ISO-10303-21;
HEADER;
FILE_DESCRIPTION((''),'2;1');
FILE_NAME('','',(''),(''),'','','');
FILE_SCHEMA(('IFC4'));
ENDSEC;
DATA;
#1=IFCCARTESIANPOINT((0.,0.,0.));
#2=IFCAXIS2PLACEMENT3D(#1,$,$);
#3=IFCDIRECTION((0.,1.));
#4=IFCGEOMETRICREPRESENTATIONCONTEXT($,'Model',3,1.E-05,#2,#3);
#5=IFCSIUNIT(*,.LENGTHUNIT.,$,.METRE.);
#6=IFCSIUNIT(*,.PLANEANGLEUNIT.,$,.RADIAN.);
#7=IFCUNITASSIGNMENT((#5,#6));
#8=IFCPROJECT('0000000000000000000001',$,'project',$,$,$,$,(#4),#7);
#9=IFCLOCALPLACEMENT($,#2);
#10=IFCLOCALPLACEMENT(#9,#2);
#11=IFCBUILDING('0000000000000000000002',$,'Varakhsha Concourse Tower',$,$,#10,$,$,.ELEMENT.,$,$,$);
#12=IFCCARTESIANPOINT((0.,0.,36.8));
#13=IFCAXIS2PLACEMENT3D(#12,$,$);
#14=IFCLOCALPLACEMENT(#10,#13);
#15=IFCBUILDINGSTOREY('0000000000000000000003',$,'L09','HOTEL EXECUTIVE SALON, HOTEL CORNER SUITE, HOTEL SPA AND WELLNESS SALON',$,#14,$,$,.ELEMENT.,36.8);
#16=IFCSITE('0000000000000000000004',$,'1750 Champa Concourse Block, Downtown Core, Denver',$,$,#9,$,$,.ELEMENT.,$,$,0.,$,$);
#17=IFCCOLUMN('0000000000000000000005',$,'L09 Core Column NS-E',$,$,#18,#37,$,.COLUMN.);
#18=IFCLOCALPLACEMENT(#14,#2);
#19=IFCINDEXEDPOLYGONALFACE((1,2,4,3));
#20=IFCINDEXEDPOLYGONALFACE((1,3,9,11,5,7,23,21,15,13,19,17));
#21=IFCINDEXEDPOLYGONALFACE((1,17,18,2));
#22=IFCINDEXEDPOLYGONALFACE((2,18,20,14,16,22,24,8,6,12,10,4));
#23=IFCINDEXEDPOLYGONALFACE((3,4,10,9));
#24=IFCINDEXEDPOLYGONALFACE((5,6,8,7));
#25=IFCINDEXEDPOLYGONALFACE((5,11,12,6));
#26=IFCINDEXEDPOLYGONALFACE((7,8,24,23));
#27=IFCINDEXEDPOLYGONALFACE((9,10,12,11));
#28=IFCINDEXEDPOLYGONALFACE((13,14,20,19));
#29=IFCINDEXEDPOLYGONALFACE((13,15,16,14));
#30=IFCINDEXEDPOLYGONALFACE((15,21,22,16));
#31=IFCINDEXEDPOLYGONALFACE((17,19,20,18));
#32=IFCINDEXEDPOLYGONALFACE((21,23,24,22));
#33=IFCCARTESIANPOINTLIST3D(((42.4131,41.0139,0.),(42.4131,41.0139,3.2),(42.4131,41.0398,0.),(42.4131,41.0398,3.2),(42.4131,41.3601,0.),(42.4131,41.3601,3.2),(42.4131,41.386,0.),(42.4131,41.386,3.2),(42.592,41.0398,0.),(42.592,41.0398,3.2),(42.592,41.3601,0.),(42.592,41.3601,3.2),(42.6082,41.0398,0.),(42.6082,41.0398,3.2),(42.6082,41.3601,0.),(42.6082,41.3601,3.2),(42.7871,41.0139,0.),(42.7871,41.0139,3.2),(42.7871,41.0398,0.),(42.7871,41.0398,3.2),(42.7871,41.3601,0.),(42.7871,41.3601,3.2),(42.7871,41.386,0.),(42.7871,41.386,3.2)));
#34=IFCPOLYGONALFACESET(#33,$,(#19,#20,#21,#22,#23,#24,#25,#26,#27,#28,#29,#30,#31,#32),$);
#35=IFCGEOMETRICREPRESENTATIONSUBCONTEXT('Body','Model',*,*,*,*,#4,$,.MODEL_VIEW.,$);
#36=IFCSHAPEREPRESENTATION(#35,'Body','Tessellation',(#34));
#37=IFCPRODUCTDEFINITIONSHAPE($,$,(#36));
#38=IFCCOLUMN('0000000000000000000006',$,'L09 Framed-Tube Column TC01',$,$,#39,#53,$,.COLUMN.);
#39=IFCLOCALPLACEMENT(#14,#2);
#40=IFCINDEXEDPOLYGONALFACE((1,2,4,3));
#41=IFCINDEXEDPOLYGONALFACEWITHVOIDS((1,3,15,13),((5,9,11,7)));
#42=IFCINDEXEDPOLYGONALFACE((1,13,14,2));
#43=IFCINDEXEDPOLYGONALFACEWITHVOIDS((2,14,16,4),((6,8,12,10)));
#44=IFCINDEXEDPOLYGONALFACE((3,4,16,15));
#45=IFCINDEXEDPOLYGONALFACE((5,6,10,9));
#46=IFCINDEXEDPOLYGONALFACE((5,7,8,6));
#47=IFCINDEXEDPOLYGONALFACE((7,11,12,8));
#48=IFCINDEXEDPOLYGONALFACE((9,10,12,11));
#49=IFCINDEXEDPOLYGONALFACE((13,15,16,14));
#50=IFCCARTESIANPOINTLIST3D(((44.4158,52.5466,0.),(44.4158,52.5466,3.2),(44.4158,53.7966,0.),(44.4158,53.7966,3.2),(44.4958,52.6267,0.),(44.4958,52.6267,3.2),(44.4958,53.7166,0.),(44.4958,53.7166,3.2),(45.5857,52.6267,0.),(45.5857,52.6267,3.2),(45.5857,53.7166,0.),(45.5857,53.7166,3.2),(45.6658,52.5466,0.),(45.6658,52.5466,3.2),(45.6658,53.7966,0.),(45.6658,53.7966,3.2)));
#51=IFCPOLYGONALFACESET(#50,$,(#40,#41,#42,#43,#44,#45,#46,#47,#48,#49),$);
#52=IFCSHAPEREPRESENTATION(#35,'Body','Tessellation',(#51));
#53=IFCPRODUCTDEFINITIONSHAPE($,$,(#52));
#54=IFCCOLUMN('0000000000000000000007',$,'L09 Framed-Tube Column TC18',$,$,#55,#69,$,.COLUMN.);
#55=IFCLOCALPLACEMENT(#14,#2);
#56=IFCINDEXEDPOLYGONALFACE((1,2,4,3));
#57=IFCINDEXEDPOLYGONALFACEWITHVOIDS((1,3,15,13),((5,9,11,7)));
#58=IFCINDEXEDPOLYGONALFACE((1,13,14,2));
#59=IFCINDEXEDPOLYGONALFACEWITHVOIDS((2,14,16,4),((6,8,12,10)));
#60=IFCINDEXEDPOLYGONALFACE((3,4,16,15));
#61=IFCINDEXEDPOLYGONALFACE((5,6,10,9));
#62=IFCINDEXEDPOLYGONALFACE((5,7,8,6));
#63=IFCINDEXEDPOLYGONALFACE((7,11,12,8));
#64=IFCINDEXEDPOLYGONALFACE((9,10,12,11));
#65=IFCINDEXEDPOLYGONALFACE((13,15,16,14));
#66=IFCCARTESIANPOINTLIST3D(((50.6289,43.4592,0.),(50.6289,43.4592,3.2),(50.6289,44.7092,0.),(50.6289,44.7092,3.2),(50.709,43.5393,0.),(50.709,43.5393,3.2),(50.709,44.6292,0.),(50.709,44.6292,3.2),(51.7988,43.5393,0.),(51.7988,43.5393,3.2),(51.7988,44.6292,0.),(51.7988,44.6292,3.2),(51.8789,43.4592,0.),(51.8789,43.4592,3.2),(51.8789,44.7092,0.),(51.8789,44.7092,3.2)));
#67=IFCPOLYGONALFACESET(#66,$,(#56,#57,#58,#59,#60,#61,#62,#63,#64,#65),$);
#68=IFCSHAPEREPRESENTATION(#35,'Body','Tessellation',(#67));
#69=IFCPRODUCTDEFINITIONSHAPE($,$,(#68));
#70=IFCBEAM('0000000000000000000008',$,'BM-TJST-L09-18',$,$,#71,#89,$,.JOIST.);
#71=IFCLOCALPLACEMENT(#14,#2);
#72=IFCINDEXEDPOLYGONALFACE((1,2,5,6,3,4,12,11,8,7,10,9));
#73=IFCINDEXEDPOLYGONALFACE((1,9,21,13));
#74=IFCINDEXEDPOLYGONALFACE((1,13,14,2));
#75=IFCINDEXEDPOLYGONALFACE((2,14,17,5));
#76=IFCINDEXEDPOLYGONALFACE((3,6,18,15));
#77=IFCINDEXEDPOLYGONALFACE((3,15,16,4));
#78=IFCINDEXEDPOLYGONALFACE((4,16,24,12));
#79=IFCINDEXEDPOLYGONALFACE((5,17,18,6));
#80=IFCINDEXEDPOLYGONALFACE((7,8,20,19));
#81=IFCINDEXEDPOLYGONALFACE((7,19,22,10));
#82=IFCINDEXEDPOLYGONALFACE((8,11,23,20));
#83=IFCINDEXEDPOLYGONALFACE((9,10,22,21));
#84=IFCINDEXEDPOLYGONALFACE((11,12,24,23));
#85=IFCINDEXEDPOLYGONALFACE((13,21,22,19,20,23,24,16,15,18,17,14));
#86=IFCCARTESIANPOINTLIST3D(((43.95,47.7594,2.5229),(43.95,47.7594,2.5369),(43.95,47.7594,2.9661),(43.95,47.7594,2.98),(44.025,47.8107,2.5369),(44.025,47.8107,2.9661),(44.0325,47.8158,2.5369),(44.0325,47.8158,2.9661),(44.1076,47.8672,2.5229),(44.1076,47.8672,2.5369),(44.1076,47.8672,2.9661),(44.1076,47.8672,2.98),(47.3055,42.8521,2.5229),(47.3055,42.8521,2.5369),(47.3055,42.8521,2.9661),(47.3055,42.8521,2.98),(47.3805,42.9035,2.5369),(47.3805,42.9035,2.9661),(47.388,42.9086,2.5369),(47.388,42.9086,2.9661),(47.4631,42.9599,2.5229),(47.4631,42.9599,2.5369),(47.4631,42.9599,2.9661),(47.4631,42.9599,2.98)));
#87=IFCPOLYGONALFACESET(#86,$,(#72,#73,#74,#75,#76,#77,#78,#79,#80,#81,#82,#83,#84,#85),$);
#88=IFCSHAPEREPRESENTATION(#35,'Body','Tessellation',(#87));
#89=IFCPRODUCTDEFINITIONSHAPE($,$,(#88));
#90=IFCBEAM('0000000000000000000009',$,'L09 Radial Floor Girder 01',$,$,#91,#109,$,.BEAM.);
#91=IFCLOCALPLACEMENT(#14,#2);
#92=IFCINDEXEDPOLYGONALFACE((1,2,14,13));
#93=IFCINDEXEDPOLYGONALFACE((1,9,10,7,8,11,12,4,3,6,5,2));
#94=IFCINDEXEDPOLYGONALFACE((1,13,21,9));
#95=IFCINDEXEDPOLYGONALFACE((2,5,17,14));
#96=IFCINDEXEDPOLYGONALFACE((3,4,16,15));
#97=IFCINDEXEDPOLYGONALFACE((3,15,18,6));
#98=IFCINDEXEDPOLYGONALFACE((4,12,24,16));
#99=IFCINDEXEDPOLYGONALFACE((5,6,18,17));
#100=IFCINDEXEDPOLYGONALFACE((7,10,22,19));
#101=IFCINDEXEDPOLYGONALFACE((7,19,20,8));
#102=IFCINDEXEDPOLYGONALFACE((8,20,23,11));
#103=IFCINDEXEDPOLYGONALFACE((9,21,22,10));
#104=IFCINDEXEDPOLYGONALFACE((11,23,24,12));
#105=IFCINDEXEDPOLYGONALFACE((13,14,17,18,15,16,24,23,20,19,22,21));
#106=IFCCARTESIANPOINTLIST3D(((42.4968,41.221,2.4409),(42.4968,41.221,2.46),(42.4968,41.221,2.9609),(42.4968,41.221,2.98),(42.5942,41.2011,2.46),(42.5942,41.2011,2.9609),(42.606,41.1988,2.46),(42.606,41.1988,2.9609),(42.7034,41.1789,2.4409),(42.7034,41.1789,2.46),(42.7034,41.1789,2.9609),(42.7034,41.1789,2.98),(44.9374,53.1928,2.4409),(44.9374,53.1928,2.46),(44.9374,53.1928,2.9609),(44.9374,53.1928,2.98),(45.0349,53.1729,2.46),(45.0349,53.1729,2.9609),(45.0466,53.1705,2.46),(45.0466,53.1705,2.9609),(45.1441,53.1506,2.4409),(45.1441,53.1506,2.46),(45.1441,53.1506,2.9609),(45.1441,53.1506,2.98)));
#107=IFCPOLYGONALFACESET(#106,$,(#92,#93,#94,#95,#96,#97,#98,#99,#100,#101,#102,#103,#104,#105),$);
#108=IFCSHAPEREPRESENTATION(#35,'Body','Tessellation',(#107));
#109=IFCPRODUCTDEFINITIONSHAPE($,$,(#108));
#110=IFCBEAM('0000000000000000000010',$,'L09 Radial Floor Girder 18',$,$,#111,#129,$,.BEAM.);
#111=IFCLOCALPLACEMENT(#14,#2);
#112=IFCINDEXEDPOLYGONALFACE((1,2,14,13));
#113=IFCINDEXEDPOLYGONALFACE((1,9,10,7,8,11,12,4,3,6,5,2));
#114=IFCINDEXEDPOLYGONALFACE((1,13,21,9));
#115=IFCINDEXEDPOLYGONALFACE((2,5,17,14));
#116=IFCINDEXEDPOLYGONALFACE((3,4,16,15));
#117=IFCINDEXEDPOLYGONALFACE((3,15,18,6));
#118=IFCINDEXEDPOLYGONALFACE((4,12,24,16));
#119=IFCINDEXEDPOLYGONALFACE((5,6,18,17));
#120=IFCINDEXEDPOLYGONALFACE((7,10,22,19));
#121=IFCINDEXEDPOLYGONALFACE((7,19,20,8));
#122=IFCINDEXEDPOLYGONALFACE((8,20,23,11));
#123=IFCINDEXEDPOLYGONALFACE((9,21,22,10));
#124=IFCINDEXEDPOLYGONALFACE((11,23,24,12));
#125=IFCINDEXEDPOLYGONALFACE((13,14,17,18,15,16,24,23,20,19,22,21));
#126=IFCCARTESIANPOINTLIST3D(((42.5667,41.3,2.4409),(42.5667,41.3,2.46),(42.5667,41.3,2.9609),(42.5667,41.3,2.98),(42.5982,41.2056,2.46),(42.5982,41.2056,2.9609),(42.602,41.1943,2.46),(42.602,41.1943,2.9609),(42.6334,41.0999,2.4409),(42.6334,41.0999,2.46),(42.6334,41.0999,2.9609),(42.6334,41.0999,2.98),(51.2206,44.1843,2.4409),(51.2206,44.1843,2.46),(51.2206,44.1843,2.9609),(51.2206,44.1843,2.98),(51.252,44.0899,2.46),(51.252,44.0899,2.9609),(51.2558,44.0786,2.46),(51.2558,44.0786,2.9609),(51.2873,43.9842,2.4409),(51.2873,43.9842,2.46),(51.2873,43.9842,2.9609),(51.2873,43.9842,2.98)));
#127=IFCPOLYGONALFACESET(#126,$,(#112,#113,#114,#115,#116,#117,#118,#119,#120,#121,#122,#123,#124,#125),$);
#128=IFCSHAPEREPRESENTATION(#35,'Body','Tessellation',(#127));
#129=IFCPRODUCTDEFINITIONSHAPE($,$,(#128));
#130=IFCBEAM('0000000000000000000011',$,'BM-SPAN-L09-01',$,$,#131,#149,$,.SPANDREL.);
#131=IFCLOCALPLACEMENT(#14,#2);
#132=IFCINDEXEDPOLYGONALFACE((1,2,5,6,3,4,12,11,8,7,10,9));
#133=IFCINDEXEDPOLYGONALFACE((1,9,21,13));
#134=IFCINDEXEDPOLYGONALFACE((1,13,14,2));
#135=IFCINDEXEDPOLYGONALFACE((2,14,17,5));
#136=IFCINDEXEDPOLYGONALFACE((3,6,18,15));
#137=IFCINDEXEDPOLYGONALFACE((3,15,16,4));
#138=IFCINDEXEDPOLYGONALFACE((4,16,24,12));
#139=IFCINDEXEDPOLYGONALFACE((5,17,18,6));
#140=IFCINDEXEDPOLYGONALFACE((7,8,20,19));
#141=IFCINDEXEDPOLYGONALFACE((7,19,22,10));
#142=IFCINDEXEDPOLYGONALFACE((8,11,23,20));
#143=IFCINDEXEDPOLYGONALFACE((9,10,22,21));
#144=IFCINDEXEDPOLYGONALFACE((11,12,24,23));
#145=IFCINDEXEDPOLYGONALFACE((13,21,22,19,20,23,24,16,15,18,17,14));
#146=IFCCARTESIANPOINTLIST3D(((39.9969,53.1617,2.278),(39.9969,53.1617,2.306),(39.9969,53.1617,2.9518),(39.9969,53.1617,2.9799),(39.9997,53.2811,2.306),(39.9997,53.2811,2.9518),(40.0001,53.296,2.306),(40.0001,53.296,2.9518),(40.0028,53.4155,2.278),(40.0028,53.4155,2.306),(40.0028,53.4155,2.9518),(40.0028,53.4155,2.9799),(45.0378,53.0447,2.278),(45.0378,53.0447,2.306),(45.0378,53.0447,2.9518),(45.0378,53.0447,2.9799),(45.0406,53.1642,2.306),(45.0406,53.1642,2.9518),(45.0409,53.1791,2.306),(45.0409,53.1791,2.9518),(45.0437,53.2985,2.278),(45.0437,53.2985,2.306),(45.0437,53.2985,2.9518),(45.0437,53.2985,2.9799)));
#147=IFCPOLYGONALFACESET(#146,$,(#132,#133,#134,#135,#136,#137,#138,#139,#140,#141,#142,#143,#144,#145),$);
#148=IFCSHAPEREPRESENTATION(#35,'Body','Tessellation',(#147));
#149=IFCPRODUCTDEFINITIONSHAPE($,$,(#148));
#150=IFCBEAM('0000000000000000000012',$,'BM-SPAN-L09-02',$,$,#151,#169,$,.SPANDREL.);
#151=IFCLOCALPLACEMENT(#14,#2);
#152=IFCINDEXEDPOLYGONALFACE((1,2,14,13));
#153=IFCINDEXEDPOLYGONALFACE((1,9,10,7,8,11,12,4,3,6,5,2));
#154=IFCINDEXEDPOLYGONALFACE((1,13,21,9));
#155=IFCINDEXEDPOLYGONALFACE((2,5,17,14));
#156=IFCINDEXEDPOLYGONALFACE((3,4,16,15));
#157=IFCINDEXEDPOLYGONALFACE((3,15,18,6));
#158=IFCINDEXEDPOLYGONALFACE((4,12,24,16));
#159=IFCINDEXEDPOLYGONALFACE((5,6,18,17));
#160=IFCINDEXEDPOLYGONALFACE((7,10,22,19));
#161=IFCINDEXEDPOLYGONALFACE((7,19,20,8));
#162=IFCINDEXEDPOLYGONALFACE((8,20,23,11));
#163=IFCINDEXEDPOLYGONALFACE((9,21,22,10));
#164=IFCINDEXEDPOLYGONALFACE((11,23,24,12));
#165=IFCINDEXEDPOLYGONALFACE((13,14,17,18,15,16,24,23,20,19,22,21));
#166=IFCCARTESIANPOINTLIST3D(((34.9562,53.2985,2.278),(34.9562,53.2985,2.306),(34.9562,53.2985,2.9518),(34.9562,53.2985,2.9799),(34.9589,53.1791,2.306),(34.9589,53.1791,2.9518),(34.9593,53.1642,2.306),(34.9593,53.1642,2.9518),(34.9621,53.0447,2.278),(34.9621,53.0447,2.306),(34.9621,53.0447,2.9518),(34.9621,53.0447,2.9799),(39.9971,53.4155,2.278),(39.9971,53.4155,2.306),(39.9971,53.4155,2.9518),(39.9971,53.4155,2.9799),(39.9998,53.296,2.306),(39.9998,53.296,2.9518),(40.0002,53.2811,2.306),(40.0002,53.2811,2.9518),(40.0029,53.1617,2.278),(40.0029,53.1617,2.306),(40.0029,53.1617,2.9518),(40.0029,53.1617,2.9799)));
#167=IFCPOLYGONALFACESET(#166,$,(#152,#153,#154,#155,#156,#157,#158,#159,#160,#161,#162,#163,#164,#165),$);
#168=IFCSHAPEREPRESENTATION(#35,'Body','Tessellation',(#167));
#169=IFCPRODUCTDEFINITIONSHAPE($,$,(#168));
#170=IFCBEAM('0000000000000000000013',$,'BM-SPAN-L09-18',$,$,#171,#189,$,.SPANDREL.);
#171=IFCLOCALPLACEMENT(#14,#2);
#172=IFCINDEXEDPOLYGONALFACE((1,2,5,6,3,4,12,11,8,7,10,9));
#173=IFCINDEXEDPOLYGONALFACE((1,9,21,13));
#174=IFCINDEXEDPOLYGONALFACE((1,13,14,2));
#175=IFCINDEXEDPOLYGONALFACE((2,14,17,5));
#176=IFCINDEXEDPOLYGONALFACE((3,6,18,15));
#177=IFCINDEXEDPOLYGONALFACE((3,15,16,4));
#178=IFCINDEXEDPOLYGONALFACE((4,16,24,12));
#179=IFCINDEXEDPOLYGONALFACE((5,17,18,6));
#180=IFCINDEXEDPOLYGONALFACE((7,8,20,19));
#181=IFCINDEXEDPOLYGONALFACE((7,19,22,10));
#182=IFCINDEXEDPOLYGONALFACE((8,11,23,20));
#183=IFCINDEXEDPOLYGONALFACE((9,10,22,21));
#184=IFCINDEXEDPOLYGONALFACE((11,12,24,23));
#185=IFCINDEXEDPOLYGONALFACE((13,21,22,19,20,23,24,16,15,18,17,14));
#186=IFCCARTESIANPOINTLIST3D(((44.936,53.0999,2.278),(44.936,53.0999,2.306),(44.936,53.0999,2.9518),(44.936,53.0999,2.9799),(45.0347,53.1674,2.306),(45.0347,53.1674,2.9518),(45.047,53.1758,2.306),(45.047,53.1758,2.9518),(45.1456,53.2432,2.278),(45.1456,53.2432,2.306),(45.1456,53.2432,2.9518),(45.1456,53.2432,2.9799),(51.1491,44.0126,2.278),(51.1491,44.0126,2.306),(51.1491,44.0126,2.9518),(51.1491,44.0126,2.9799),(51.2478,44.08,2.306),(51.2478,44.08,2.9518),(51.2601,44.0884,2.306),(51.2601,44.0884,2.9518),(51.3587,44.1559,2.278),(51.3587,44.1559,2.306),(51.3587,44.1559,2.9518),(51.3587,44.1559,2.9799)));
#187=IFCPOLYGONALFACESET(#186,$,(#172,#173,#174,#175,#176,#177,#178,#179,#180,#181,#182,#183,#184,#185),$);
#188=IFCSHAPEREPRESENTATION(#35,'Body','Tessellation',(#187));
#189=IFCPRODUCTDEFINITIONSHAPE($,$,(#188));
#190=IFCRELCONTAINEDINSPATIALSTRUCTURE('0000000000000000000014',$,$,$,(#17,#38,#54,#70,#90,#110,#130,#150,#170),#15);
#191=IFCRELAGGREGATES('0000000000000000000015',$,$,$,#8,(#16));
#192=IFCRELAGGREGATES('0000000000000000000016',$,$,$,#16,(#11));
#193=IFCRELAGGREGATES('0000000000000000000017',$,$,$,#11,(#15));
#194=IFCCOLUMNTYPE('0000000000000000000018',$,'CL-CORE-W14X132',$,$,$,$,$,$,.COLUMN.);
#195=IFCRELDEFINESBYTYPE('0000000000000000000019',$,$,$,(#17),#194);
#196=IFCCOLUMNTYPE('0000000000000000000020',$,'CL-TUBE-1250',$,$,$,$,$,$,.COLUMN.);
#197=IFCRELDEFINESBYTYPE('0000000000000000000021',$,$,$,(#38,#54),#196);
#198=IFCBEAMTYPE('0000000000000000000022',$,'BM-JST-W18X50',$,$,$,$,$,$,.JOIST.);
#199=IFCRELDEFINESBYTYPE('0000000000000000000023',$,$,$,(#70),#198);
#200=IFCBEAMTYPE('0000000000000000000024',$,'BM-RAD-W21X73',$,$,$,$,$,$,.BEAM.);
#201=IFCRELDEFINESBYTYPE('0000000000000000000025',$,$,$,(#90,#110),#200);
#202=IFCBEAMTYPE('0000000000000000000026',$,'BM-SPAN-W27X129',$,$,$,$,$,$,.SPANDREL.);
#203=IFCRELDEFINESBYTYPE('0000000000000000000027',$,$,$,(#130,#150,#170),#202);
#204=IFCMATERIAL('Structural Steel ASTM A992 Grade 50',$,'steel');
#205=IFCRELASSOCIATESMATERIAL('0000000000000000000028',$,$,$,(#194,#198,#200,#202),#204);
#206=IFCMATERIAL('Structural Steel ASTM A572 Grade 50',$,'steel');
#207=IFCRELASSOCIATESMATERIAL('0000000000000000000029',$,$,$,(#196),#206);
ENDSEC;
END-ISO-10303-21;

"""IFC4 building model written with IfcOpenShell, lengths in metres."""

from ifc_helpers import new_model, si_unit, direction, frame, origin, origin_2d, place, context, subcontext, project, spatial, hollow_rectangle, i_section, extrude, material, material_profile, profile_set, type_object, element, save


model = new_model("IFC4")

# Units and contexts
model_context = context("Model", 3, precision=1e-05, world=origin(), true_north=direction((0.0, 1.0)))
body_context = subcontext(model_context, "Body", "Model", "MODEL_VIEW")
ifc_project = project(units=[si_unit("LENGTHUNIT", "METRE"), si_unit("PLANEANGLEUNIT", "RADIAN")], contexts=[model_context])

# Site, building, storey
site_placement = place(None, origin())
site = spatial("IfcSite", under=ifc_project, at=site_placement, Name="1750 Champa Concourse Block, Downtown Core, Denver", CompositionType="ELEMENT", RefElevation=0.0)
building_placement = place(site_placement, origin())
building = spatial("IfcBuilding", under=site, at=building_placement, Name="Varakhsha Concourse Tower", CompositionType="ELEMENT")
storey_placement = place(building_placement, frame((0.0, 0.0, 36.8)))
storey = spatial("IfcBuildingStorey", under=building, at=storey_placement, Name="L09", Description="HOTEL EXECUTIVE SALON, HOTEL CORNER SUITE, HOTEL SPA AND WELLNESS SALON", CompositionType="ELEMENT", Elevation=36.8)

# Columns
ifc_material_1 = material(Name="Structural Steel ASTM A992 Grade 50", Category="steel")
ifc_material_profile_1 = material_profile(ifc_material_1, i_section(OverallWidth=0.374, OverallDepth=0.3721, WebThickness=0.0161, FlangeThickness=0.0259, at=origin_2d()), Name="W14X132")
ifc_profile_set_1 = profile_set([ifc_material_profile_1], Name="Structural Steel ASTM A992 Grade 50")
column_type_1 = type_object("IfcColumnType", Name="CL-CORE-W14X132", PredefinedType="COLUMN", material=ifc_profile_set_1)
column_placement = place(storey_placement, frame((42.6001, 41.2, 0.0), z_axis=(0.0, 0.0, 1.0), x_axis=(1.0, 0.0, 0.0)))
element("IfcColumn", 1, at=column_placement, inside=storey, type_object=column_type_1, Name="L09 Core Column NS-E", PredefinedType="COLUMN", context=body_context, shape_type="SweptSolid", body=[
    extrude(i_section(OverallWidth=0.374, OverallDepth=0.3721, WebThickness=0.0161, FlangeThickness=0.0259, at=origin_2d()), origin(), (0.0, 0.0, 1.0), 3.2),
])
ifc_material_2 = material(Name="Structural Steel ASTM A572 Grade 50", Category="steel")
ifc_material_profile_2 = material_profile(ifc_material_2, hollow_rectangle(XDim=1.25, YDim=1.25, WallThickness=0.0801, at=origin_2d()), Name="BOX 1250x1250x80")
ifc_profile_set_2 = profile_set([ifc_material_profile_2], Name="Structural Steel ASTM A572 Grade 50")
column_type_2 = type_object("IfcColumnType", Name="CL-TUBE-1250", PredefinedType="COLUMN", material=ifc_profile_set_2)
for number, where, z_axis, x_axis, name in (
    (2, (45.0408, 53.1716, 0.0), (0.0, 0.0, 1.0), (1.0, 0.0, 0.0), "L09 Framed-Tube Column TC01"),
    (3, (51.2539, 44.0842, 0.0), (0.0, 0.0, 1.0), (1.0, 0.0, 0.0), "L09 Framed-Tube Column TC18"),
):
    element("IfcColumn", number, at=place(storey_placement, frame(where, z_axis=z_axis, x_axis=x_axis)), inside=storey, type_object=column_type_2, Name=name, PredefinedType="COLUMN", context=body_context, shape_type="SweptSolid", body=[
        extrude(hollow_rectangle(XDim=1.25, YDim=1.25, WallThickness=0.0801, at=origin_2d()), origin(), (0.0, 0.0, 1.0), 3.2),
    ])

# Beams
ifc_material_profile_3 = material_profile(ifc_material_1, i_section(OverallWidth=0.1909, OverallDepth=0.457, WebThickness=0.009, FlangeThickness=0.0139, at=origin_2d()), Name="W18X50")
ifc_profile_set_3 = profile_set([ifc_material_profile_3], Name="Structural Steel ASTM A992 Grade 50")
beam_type_1 = type_object("IfcBeamType", Name="BM-JST-W18X50", PredefinedType="JOIST", material=ifc_profile_set_3)
beam_1_placement = place(storey_placement, frame((47.3843, 42.906, 2.7515), z_axis=(-0.564442, 0.825472, 0.0), x_axis=(-0.825472, -0.564442, 0.0)))
element("IfcBeam", 4, at=beam_1_placement, inside=storey, type_object=beam_type_1, Name="BM-TJST-L09-18", PredefinedType="JOIST", context=body_context, shape_type="SweptSolid", body=[
    extrude(i_section(OverallWidth=0.1909, OverallDepth=0.457, WebThickness=0.009, FlangeThickness=0.0139, at=origin_2d()), origin(), (0.0, 0.0, 1.0), 5.9448),
])
ifc_material_profile_4 = material_profile(ifc_material_1, i_section(OverallWidth=0.2109, OverallDepth=0.5391, WebThickness=0.012, FlangeThickness=0.019, at=origin_2d()), Name="W21X73")
ifc_profile_set_4 = profile_set([ifc_material_profile_4], Name="Structural Steel ASTM A992 Grade 50")
beam_type_2 = type_object("IfcBeamType", Name="BM-RAD-W21X73", PredefinedType="BEAM", material=ifc_profile_set_4)
beam_2_placement = place(storey_placement, frame((42.6001, 41.2, 2.7104), z_axis=(0.199762, 0.979845, 0.0), x_axis=(-0.979845, 0.199762, 0.0)))
element("IfcBeam", 5, at=beam_2_placement, inside=storey, type_object=beam_type_2, Name="L09 Radial Floor Girder 01", PredefinedType="BEAM", context=body_context, shape_type="SweptSolid", body=[
    extrude(i_section(OverallWidth=0.2109, OverallDepth=0.5391, WebThickness=0.012, FlangeThickness=0.019, at=origin_2d()), origin(), (0.0, 0.0, 1.0), 12.218),
])
beam_3_placement = place(storey_placement, frame((42.6001, 41.2, 2.7104), z_axis=(0.948694, 0.316196, 0.0), x_axis=(-0.316196, 0.948694, 0.0)))
element("IfcBeam", 6, at=beam_3_placement, inside=storey, type_object=beam_type_2, Name="L09 Radial Floor Girder 18", PredefinedType="BEAM", context=body_context, shape_type="SweptSolid", body=[
    extrude(i_section(OverallWidth=0.2109, OverallDepth=0.5391, WebThickness=0.012, FlangeThickness=0.019, at=origin_2d()), origin(), (0.0, 0.0, 1.0), 9.1218),
])
ifc_material_profile_5 = material_profile(ifc_material_1, i_section(OverallWidth=0.2539, OverallDepth=0.7019, WebThickness=0.0149, FlangeThickness=0.0281, at=origin_2d()), Name="W27X129")
ifc_profile_set_5 = profile_set([ifc_material_profile_5], Name="Structural Steel ASTM A992 Grade 50")
beam_type_3 = type_object("IfcBeamType", Name="BM-SPAN-W27X129", PredefinedType="SPANDREL", material=ifc_profile_set_5)
for number, where, z_axis, x_axis, name in (
    (7, (45.0408, 53.1716, 2.6289), (-0.999731, 0.023193, 0.0), (-0.023193, -0.999731, 0.0), "BM-SPAN-L09-01"),
    (8, (40.0, 53.2886, 2.6289), (-0.999731, -0.023193, 0.0), (0.023193, -0.999731, 0.0), "BM-SPAN-L09-02"),
):
    element("IfcBeam", number, at=place(storey_placement, frame(where, z_axis=z_axis, x_axis=x_axis)), inside=storey, type_object=beam_type_3, Name=name, PredefinedType="SPANDREL", context=body_context, shape_type="SweptSolid", body=[
        extrude(i_section(OverallWidth=0.2539, OverallDepth=0.7019, WebThickness=0.0149, FlangeThickness=0.0281, at=origin_2d()), origin(), (0.0, 0.0, 1.0), 5.0422),
    ])
beam_4_placement = place(storey_placement, frame((51.2539, 44.0842, 2.6289), z_axis=(-0.564402, 0.8255, 0.0), x_axis=(-0.8255, -0.564402, 0.0)))
element("IfcBeam", 9, at=beam_4_placement, inside=storey, type_object=beam_type_3, Name="BM-SPAN-L09-18", PredefinedType="SPANDREL", context=body_context, shape_type="SweptSolid", body=[
    extrude(i_section(OverallWidth=0.2539, OverallDepth=0.7019, WebThickness=0.0149, FlangeThickness=0.0281, at=origin_2d()), origin(), (0.0, 0.0, 1.0), 11.0083),
])

save(model, "model.ifc")
